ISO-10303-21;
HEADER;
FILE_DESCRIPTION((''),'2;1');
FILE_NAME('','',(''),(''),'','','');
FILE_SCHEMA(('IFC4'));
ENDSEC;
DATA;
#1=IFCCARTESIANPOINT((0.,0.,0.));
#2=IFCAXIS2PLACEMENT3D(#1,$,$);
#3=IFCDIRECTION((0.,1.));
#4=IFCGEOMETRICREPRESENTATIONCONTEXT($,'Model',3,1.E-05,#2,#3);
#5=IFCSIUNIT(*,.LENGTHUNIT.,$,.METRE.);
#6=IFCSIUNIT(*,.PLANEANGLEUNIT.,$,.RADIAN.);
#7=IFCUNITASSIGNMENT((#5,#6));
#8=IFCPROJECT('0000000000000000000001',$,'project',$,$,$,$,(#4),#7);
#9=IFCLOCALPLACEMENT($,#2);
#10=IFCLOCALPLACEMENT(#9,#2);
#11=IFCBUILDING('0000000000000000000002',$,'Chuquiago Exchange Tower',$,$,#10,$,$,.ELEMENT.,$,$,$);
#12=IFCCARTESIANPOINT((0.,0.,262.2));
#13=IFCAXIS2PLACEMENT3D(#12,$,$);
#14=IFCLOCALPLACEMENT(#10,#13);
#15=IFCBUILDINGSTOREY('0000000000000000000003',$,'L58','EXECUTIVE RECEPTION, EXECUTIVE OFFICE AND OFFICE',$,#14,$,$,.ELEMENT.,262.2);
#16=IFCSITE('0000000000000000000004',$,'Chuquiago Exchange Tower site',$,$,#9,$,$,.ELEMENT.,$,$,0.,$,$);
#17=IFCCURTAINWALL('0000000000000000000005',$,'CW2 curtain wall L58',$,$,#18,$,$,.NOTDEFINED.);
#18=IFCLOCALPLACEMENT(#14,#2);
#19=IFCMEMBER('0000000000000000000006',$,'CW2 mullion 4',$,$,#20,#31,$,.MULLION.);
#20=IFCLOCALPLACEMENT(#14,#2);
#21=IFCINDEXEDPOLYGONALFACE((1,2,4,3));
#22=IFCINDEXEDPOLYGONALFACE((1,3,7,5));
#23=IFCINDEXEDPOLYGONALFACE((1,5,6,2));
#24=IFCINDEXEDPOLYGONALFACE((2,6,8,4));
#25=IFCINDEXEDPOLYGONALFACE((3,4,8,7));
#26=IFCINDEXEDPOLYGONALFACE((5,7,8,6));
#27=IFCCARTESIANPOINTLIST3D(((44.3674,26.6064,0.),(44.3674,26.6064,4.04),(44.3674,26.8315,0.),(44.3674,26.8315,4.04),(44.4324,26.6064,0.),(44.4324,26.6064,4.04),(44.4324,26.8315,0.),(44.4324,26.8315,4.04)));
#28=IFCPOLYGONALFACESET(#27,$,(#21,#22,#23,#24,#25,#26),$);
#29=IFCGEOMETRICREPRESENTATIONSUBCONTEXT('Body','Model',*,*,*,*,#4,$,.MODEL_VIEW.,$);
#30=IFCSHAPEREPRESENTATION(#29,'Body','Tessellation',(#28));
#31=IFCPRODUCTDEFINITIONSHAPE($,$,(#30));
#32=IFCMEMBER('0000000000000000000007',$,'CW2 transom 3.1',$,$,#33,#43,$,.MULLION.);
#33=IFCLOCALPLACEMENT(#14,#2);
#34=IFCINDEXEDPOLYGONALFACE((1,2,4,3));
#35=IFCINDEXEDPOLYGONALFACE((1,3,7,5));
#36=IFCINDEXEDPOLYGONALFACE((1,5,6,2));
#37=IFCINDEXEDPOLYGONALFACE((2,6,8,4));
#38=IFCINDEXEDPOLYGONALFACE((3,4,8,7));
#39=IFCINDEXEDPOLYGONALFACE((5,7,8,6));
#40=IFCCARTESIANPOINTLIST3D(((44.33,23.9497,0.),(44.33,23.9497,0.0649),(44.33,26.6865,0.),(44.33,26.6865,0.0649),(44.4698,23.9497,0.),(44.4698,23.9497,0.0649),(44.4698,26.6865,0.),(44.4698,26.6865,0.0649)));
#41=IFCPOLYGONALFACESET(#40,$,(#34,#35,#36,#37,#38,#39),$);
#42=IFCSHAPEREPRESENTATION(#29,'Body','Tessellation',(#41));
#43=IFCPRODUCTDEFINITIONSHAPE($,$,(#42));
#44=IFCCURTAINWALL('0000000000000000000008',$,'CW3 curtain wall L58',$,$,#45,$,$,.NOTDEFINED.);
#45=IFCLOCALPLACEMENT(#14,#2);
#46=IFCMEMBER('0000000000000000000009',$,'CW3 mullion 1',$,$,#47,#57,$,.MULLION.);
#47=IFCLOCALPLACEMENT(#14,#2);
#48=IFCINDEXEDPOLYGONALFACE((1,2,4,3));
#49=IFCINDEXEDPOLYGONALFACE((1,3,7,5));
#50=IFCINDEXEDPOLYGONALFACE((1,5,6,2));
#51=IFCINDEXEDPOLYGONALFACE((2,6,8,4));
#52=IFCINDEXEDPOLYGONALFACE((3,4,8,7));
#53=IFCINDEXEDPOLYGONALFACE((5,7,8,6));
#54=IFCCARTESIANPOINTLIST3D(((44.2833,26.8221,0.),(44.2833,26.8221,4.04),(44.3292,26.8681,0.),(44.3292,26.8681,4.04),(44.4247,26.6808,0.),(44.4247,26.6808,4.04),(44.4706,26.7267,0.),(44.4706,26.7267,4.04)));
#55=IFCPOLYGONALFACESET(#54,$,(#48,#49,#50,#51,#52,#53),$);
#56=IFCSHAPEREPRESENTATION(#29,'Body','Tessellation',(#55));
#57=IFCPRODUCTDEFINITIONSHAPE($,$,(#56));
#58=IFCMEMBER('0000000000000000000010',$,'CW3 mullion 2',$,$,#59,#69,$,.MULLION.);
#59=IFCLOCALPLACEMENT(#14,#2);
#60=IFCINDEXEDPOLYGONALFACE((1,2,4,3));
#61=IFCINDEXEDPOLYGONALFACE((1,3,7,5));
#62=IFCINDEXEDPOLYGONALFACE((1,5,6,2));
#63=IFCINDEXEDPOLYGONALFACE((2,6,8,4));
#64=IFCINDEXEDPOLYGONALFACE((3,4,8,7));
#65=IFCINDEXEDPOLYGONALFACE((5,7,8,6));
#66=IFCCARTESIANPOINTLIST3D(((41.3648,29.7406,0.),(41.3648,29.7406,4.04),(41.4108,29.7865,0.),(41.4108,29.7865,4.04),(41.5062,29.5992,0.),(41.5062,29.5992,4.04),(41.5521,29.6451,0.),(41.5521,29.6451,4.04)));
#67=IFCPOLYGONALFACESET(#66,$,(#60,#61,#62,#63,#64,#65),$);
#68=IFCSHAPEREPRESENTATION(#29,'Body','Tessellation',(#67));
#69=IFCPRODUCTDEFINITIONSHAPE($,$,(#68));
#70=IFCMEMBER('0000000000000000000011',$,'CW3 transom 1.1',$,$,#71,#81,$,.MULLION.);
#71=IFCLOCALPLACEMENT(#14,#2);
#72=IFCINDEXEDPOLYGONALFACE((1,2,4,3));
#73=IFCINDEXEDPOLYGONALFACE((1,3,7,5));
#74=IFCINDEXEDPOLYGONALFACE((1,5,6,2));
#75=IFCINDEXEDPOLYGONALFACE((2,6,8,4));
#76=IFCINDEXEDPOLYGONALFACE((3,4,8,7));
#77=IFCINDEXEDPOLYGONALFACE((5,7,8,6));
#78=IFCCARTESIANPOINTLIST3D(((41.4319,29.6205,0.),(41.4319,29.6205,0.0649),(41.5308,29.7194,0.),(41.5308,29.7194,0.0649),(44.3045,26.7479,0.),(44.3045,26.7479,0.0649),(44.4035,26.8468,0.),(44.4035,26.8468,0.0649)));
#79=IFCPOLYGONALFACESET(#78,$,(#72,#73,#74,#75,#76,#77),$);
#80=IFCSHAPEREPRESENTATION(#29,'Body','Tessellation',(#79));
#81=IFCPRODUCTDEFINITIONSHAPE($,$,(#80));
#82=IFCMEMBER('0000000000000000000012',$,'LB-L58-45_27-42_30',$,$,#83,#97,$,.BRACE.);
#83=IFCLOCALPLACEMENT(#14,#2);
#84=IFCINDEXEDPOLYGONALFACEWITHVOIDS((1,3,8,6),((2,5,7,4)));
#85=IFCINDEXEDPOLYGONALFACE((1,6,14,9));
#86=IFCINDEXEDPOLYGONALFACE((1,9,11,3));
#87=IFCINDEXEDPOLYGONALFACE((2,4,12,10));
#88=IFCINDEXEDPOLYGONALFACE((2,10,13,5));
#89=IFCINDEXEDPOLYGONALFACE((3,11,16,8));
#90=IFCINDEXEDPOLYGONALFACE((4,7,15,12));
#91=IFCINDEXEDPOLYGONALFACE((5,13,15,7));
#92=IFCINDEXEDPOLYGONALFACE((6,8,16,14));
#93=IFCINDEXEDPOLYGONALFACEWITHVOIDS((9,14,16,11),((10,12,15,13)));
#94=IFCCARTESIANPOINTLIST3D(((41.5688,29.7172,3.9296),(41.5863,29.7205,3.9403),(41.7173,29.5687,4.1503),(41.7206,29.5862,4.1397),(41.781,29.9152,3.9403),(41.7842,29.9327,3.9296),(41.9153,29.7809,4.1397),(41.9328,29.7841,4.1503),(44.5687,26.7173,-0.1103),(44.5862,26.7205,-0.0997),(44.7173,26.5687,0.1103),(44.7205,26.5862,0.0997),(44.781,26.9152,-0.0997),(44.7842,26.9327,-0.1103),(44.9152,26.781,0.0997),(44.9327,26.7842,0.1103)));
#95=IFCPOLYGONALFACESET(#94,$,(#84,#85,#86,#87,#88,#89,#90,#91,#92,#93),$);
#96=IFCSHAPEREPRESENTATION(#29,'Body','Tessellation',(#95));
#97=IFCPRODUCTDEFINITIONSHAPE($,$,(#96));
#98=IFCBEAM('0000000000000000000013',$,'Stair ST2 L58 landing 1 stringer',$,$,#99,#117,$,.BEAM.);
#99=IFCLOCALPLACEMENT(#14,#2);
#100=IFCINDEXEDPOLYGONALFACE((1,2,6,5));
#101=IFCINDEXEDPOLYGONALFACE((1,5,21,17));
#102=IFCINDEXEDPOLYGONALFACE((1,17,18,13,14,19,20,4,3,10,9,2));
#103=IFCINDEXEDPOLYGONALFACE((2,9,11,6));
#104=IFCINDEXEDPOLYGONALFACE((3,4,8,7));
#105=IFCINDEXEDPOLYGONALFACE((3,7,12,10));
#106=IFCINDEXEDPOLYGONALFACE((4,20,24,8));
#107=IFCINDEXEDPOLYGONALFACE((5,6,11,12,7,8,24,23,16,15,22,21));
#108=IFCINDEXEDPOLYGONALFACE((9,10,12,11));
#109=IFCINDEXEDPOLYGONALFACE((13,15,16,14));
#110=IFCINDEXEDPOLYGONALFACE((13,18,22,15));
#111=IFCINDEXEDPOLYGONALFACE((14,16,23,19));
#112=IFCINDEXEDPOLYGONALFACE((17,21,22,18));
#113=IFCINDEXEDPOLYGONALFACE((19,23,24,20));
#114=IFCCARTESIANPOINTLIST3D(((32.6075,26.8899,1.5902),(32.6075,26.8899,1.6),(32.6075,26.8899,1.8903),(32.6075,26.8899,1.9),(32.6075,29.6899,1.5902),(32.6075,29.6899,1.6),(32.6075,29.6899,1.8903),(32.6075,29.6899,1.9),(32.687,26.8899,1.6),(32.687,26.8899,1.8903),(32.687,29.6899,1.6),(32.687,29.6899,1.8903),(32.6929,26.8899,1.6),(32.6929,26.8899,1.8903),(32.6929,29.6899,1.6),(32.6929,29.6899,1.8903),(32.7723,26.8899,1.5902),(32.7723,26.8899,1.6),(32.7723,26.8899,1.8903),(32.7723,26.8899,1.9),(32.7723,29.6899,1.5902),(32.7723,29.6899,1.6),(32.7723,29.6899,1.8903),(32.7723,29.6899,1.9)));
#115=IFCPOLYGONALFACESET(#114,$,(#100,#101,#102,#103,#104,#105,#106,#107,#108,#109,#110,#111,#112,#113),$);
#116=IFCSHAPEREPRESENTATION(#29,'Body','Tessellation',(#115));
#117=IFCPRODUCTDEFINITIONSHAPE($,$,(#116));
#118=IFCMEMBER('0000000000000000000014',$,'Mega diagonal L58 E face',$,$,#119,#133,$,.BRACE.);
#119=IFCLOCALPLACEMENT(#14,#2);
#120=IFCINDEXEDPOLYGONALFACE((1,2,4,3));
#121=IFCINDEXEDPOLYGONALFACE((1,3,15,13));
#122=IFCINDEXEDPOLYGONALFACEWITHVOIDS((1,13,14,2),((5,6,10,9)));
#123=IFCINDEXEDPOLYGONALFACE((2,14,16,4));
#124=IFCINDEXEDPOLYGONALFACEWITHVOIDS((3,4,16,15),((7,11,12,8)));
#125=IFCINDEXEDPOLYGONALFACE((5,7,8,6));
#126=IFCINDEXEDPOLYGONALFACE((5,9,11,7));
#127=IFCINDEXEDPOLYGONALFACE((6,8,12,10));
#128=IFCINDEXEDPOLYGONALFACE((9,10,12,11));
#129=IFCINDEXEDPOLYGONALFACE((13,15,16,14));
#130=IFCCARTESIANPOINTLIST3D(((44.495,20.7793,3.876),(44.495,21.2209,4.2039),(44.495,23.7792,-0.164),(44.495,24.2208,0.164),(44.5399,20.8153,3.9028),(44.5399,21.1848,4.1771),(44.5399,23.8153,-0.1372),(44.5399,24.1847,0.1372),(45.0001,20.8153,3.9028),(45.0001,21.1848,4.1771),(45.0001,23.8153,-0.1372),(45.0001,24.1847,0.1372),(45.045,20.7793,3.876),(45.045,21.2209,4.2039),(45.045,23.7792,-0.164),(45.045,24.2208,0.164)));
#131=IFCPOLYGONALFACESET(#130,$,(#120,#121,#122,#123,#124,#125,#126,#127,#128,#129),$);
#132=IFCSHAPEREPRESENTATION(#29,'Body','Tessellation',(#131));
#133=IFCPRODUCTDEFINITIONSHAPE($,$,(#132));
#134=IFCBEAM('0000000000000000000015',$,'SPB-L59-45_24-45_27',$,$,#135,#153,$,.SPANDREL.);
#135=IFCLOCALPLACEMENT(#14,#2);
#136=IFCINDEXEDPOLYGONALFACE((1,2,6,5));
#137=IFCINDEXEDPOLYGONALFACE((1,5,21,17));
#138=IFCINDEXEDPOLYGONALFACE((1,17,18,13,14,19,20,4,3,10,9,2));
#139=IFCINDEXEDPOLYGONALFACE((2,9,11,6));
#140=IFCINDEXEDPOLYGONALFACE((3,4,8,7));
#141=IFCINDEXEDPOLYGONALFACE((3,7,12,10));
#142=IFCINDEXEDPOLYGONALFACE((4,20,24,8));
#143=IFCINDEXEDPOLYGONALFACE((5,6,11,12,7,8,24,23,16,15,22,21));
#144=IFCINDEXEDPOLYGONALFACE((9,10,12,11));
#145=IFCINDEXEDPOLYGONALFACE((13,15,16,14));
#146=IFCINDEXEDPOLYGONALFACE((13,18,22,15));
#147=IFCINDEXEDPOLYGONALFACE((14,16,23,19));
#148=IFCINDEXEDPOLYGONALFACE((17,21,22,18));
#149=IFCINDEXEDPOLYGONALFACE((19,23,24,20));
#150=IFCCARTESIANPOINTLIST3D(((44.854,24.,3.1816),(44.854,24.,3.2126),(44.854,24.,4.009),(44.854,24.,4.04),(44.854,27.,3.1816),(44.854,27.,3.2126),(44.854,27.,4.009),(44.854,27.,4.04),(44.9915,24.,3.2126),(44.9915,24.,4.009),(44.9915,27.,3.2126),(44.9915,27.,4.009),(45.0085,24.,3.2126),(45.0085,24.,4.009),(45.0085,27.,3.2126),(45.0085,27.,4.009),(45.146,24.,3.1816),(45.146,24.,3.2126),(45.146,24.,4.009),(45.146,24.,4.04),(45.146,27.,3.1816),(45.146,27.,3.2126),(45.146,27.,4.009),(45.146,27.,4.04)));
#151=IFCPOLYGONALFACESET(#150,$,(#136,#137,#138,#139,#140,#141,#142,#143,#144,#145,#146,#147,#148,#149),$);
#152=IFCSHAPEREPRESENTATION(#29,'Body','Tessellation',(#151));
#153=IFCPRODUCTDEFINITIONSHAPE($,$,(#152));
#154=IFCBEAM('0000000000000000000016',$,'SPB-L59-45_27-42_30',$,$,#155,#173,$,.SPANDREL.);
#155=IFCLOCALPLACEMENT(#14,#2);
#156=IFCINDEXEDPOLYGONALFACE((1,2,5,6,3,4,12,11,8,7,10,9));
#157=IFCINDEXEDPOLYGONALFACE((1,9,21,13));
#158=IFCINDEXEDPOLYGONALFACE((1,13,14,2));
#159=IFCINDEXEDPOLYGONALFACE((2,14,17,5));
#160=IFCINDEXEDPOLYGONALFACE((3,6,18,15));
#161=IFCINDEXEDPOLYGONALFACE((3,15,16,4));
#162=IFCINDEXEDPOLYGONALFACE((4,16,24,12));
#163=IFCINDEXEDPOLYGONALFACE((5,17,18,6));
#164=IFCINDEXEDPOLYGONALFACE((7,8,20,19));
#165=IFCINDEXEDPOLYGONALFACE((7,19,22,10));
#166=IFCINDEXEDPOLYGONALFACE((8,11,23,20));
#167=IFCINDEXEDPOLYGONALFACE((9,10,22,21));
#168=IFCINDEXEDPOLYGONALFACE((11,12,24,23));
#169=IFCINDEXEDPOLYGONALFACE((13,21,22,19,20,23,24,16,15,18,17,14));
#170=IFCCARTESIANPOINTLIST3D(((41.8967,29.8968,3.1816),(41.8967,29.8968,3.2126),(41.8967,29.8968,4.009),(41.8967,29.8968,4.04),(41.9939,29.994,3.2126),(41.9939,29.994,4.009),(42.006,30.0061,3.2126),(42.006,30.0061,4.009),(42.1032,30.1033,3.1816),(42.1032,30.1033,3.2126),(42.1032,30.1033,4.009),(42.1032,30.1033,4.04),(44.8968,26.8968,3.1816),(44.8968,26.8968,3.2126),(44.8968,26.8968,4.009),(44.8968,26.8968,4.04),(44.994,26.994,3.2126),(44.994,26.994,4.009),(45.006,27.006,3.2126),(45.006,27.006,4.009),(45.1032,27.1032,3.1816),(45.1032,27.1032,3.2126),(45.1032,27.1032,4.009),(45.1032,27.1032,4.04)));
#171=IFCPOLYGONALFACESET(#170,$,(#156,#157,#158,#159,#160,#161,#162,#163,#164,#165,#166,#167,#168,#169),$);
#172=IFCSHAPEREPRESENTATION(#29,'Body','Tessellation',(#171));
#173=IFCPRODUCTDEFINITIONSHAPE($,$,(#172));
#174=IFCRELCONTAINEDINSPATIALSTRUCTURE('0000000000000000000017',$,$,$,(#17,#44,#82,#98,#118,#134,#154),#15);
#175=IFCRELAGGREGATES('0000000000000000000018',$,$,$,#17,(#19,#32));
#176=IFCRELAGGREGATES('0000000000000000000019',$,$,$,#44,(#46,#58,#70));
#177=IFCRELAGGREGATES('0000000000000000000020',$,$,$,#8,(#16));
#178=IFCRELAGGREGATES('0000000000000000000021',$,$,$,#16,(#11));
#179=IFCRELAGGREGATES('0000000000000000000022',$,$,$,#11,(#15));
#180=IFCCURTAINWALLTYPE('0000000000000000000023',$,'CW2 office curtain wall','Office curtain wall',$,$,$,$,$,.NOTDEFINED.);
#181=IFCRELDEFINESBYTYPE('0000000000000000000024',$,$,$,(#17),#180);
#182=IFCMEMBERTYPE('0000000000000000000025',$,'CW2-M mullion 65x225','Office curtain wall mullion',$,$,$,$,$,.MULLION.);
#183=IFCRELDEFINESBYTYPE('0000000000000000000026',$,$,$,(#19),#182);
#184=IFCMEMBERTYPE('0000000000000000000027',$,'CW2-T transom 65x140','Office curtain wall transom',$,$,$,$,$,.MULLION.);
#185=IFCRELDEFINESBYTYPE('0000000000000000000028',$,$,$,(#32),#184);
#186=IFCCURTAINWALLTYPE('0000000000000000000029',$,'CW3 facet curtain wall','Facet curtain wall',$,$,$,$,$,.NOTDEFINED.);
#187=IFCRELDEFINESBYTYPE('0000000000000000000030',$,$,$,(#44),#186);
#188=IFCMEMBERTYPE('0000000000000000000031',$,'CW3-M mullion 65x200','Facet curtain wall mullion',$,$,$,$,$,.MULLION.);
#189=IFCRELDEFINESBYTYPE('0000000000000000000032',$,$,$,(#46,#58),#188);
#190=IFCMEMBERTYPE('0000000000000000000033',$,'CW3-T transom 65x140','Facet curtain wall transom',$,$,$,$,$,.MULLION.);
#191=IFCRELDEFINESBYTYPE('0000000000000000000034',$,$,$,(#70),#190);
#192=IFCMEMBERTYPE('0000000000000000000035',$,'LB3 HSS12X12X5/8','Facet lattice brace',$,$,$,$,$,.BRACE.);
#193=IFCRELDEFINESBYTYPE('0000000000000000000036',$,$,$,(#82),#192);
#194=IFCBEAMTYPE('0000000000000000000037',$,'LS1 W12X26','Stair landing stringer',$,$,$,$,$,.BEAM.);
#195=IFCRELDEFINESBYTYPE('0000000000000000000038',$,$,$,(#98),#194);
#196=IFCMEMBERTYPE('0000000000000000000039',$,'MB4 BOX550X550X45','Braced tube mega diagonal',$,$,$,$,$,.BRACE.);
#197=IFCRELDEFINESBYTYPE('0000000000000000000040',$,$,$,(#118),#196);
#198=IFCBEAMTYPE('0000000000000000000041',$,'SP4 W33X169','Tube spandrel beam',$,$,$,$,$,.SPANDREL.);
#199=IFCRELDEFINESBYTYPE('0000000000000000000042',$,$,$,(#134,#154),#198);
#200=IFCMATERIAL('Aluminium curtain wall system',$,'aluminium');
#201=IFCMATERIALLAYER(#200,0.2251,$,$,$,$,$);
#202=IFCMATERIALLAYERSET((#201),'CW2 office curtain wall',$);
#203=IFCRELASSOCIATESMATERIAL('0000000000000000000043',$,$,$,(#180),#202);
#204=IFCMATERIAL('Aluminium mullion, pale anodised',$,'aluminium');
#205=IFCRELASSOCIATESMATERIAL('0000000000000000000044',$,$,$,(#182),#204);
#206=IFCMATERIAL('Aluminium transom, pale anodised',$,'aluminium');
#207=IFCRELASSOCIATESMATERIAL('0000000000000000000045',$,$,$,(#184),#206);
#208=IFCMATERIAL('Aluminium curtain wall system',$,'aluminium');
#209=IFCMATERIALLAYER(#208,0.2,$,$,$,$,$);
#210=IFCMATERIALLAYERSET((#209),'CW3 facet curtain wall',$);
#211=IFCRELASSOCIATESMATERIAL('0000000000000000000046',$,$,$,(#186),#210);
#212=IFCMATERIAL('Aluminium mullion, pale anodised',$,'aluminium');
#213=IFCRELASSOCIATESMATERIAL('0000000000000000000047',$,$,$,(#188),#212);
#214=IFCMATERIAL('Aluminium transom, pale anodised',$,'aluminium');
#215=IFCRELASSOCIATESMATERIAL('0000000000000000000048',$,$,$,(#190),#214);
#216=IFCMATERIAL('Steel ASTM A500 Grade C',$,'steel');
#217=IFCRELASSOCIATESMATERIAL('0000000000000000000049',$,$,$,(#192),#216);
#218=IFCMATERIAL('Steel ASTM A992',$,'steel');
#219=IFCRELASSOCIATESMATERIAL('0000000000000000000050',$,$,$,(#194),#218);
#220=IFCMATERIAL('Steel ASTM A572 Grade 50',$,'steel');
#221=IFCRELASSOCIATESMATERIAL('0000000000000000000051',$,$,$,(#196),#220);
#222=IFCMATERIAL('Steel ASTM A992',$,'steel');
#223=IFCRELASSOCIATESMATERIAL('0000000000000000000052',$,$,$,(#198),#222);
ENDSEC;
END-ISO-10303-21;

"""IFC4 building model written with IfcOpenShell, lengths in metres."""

from ifc_helpers import new_model, si_unit, direction, frame, origin, origin_2d, place, context, subcontext, project, spatial, rectangle, hollow_rectangle, i_section, extrude, material, layer, layer_set, material_profile, profile_set, type_object, element, aggregate, save


model = new_model("IFC4")

# Units and contexts
model_context = context("Model", 3, precision=1e-05, world=origin(), true_north=direction((0.0, 1.0)))
body_context = subcontext(model_context, "Body", "Model", "MODEL_VIEW")
ifc_project = project(units=[si_unit("LENGTHUNIT", "METRE"), si_unit("PLANEANGLEUNIT", "RADIAN")], contexts=[model_context])

# Site, building, storey
site_placement = place(None, origin())
site = spatial("IfcSite", under=ifc_project, at=site_placement, Name="Chuquiago Exchange Tower site", CompositionType="ELEMENT", RefElevation=0.0)
building_placement = place(site_placement, origin())
building = spatial("IfcBuilding", under=site, at=building_placement, Name="Chuquiago Exchange Tower", CompositionType="ELEMENT")
storey_placement = place(building_placement, frame((0.0, 0.0, 262.2)))
storey = spatial("IfcBuildingStorey", under=building, at=storey_placement, Name="L58", Description="EXECUTIVE RECEPTION, EXECUTIVE OFFICE AND OFFICE", CompositionType="ELEMENT", Elevation=262.2)

# Curtain walls, members
ifc_material_1 = material(Name="Aluminium curtain wall system", Category="aluminium")
ifc_layer_1 = layer(ifc_material_1, 0.2251)
ifc_layer_set_1 = layer_set([ifc_layer_1], Name="CW2 office curtain wall")
curtain_wall_type_1 = type_object("IfcCurtainWallType", Name="CW2 office curtain wall", Description="Office curtain wall", PredefinedType="NOTDEFINED", material=ifc_layer_set_1)
curtain_wall_1_placement = place(storey_placement, origin())
curtain_wall_1 = element("IfcCurtainWall", 1, at=curtain_wall_1_placement, inside=storey, type_object=curtain_wall_type_1, Name="CW2 curtain wall L58", PredefinedType="NOTDEFINED")
ifc_material_2 = material(Name="Aluminium mullion, pale anodised", Category="aluminium")
ifc_material_profile_1 = material_profile(ifc_material_2, rectangle(XDim=0.0649, YDim=0.2251, at=origin_2d()), Name="AL 65x225")
ifc_profile_set_1 = profile_set([ifc_material_profile_1], Name="Aluminium mullion, pale anodised")
member_type_1 = type_object("IfcMemberType", Name="CW2-M mullion 65x225", Description="Office curtain wall mullion", PredefinedType="MULLION", material=ifc_profile_set_1)
member_1_placement = place(storey_placement, frame((44.3999, 26.719, 0.0), z_axis=(0.0, 0.0, 1.0), x_axis=(-1.0, 0.0, 0.0)))
member_1 = element("IfcMember", 2, at=member_1_placement, type_object=member_type_1, Name="CW2 mullion 4", PredefinedType="MULLION", context=body_context, shape_type="SweptSolid", body=[
    extrude(rectangle(XDim=0.0649, YDim=0.2251, at=origin_2d()), origin(), (0.0, 0.0, 1.0), 4.04),
])
ifc_material_3 = material(Name="Aluminium transom, pale anodised", Category="aluminium")
ifc_material_profile_2 = material_profile(ifc_material_3, rectangle(XDim=0.1399, YDim=0.0649, at=origin_2d()), Name="AL 140x65")
ifc_profile_set_2 = profile_set([ifc_material_profile_2], Name="Aluminium transom, pale anodised")
member_type_2 = type_object("IfcMemberType", Name="CW2-T transom 65x140", Description="Office curtain wall transom", PredefinedType="MULLION", material=ifc_profile_set_2)
member_2_placement = place(storey_placement, frame((44.3999, 23.9497, 0.0325), z_axis=(0.0, 1.0, 0.0), x_axis=(-1.0, 0.0, 0.0)))
member_2 = element("IfcMember", 3, at=member_2_placement, type_object=member_type_2, Name="CW2 transom 3.1", PredefinedType="MULLION", context=body_context, shape_type="SweptSolid", body=[
    extrude(rectangle(XDim=0.1399, YDim=0.0649, at=origin_2d()), origin(), (0.0, 0.0, 1.0), 2.7368),
])
ifc_material_4 = material(Name="Aluminium curtain wall system", Category="aluminium")
ifc_layer_2 = layer(ifc_material_4, 0.2)
ifc_layer_set_2 = layer_set([ifc_layer_2], Name="CW3 facet curtain wall")
curtain_wall_type_2 = type_object("IfcCurtainWallType", Name="CW3 facet curtain wall", Description="Facet curtain wall", PredefinedType="NOTDEFINED", material=ifc_layer_set_2)
curtain_wall_2_placement = place(storey_placement, origin())
curtain_wall_2 = element("IfcCurtainWall", 4, at=curtain_wall_2_placement, inside=storey, type_object=curtain_wall_type_2, Name="CW3 curtain wall L58", PredefinedType="NOTDEFINED")
ifc_material_5 = material(Name="Aluminium mullion, pale anodised", Category="aluminium")
ifc_material_profile_3 = material_profile(ifc_material_5, rectangle(XDim=0.0649, YDim=0.2, at=origin_2d()), Name="AL 65x200")
ifc_profile_set_3 = profile_set([ifc_material_profile_3], Name="Aluminium mullion, pale anodised")
member_type_3 = type_object("IfcMemberType", Name="CW3-M mullion 65x200", Description="Facet curtain wall mullion", PredefinedType="MULLION", material=ifc_profile_set_3)
member_3_placement = place(storey_placement, frame((44.377, 26.7744, 0.0), z_axis=(0.0, 0.0, 1.0), x_axis=(-0.707107, -0.707107, 0.0)))
member_3 = element("IfcMember", 5, at=member_3_placement, type_object=member_type_3, Name="CW3 mullion 1", PredefinedType="MULLION", context=body_context, shape_type="SweptSolid", body=[
    extrude(rectangle(XDim=0.0649, YDim=0.2, at=origin_2d()), origin(), (0.0, 0.0, 1.0), 4.04),
])
member_4_placement = place(storey_placement, frame((41.4585, 29.6929, 0.0), z_axis=(0.0, 0.0, 1.0), x_axis=(-0.707107, -0.707107, 0.0)))
member_4 = element("IfcMember", 6, at=member_4_placement, type_object=member_type_3, Name="CW3 mullion 2", PredefinedType="MULLION", context=body_context, shape_type="SweptSolid", body=[
    extrude(rectangle(XDim=0.0649, YDim=0.2, at=origin_2d()), origin(), (0.0, 0.0, 1.0), 4.04),
])
ifc_material_6 = material(Name="Aluminium transom, pale anodised", Category="aluminium")
ifc_material_profile_4 = material_profile(ifc_material_6, rectangle(XDim=0.1399, YDim=0.0649, at=origin_2d()), Name="AL 140x65")
ifc_profile_set_4 = profile_set([ifc_material_profile_4], Name="Aluminium transom, pale anodised")
member_type_4 = type_object("IfcMemberType", Name="CW3-T transom 65x140", Description="Facet curtain wall transom", PredefinedType="MULLION", material=ifc_profile_set_4)
member_5_placement = place(storey_placement, frame((44.354, 26.7974, 0.0325), z_axis=(-0.707107, 0.707107, 0.0), x_axis=(-0.707107, -0.707107, 0.0)))
member_5 = element("IfcMember", 7, at=member_5_placement, type_object=member_type_4, Name="CW3 transom 1.1", PredefinedType="MULLION", context=body_context, shape_type="SweptSolid", body=[
    extrude(rectangle(XDim=0.1399, YDim=0.0649, at=origin_2d()), origin(), (0.0, 0.0, 1.0), 4.0625),
])

# Member
ifc_material_7 = material(Name="Steel ASTM A500 Grade C", Category="steel")
ifc_material_profile_5 = material_profile(ifc_material_7, hollow_rectangle(XDim=0.3047, YDim=0.3047, WallThickness=0.0146, at=origin_2d()), Name="HSS12X12X5/8")
ifc_profile_set_5 = profile_set([ifc_material_profile_5], Name="Steel ASTM A500 Grade C")
member_type_5 = type_object("IfcMemberType", Name="LB3 HSS12X12X5/8", Description="Facet lattice brace", PredefinedType="BRACE", material=ifc_profile_set_5)
member_6_placement = place(storey_placement, frame((44.7507, 26.7507, 0.0), z_axis=(-0.512077, 0.512077, 0.689604), x_axis=(-0.707107, -0.707107, 0.0)))
element("IfcMember", 8, at=member_6_placement, inside=storey, type_object=member_type_5, Name="LB-L58-45_27-42_30", PredefinedType="BRACE", context=body_context, shape_type="SweptSolid", body=[
    extrude(hollow_rectangle(XDim=0.3047, YDim=0.3047, WallThickness=0.0146, at=origin_2d()), origin(), (0.0, 0.0, 1.0), 5.8584),
])

# Beam
ifc_material_8 = material(Name="Steel ASTM A992", Category="steel")
ifc_material_profile_6 = material_profile(ifc_material_8, i_section(OverallWidth=0.1648, OverallDepth=0.3098, WebThickness=0.0059, FlangeThickness=0.0098, at=origin_2d()), Name="W12X26")
ifc_profile_set_6 = profile_set([ifc_material_profile_6], Name="Steel ASTM A992")
beam_type_1 = type_object("IfcBeamType", Name="LS1 W12X26", Description="Stair landing stringer", PredefinedType="BEAM", material=ifc_profile_set_6)
beam_1_placement = place(storey_placement, frame((32.6899, 26.8899, 1.7451), z_axis=(0.0, 1.0, 0.0), x_axis=(-1.0, 0.0, 0.0)))
element("IfcBeam", 9, at=beam_1_placement, inside=storey, type_object=beam_type_1, Name="Stair ST2 L58 landing 1 stringer", PredefinedType="BEAM", context=body_context, shape_type="SweptSolid", body=[
    extrude(i_section(OverallWidth=0.1648, OverallDepth=0.3098, WebThickness=0.0059, FlangeThickness=0.0098, at=origin_2d()), origin(), (0.0, 0.0, 1.0), 2.8),
])

# Member
ifc_material_9 = material(Name="Steel ASTM A572 Grade 50", Category="steel")
ifc_material_profile_7 = material_profile(ifc_material_9, hollow_rectangle(XDim=0.55, YDim=0.55, WallThickness=0.0449, at=origin_2d()), Name="BOX550X550X45")
ifc_profile_set_7 = profile_set([ifc_material_profile_7], Name="Steel ASTM A572 Grade 50")
member_type_6 = type_object("IfcMemberType", Name="MB4 BOX550X550X45", Description="Braced tube mega diagonal", PredefinedType="BRACE", material=ifc_profile_set_7)
member_7_placement = place(storey_placement, frame((44.77, 24.0, 0.0), z_axis=(0.0, -0.596174, 0.802855), x_axis=(1.0, 0.0, 0.0)))
element("IfcMember", 10, at=member_7_placement, inside=storey, type_object=member_type_6, Name="Mega diagonal L58 E face", PredefinedType="BRACE", context=body_context, shape_type="SweptSolid", body=[
    extrude(hollow_rectangle(XDim=0.55, YDim=0.55, WallThickness=0.0449, at=origin_2d()), origin(), (0.0, 0.0, 1.0), 5.032),
])

# Beams
ifc_material_10 = material(Name="Steel ASTM A992", Category="steel")
ifc_material_profile_8 = material_profile(ifc_material_10, i_section(OverallWidth=0.292, OverallDepth=0.8584, WebThickness=0.0171, FlangeThickness=0.031, at=origin_2d()), Name="W33X169")
ifc_profile_set_8 = profile_set([ifc_material_profile_8], Name="Steel ASTM A992")
beam_type_2 = type_object("IfcBeamType", Name="SP4 W33X169", Description="Tube spandrel beam", PredefinedType="SPANDREL", material=ifc_profile_set_8)
beam_2_placement = place(storey_placement, frame((45.0, 24.0, 3.6108), z_axis=(0.0, 1.0, 0.0), x_axis=(-1.0, 0.0, 0.0)))
element("IfcBeam", 11, at=beam_2_placement, inside=storey, type_object=beam_type_2, Name="SPB-L59-45_24-45_27", PredefinedType="SPANDREL", context=body_context, shape_type="SweptSolid", body=[
    extrude(i_section(OverallWidth=0.292, OverallDepth=0.8584, WebThickness=0.0171, FlangeThickness=0.031, at=origin_2d()), origin(), (0.0, 0.0, 1.0), 3.0),
])
beam_3_placement = place(storey_placement, frame((45.0, 27.0, 3.6108), z_axis=(-0.707107, 0.707107, 0.0), x_axis=(-0.707107, -0.707107, 0.0)))
element("IfcBeam", 12, at=beam_3_placement, inside=storey, type_object=beam_type_2, Name="SPB-L59-45_27-42_30", PredefinedType="SPANDREL", context=body_context, shape_type="SweptSolid", body=[
    extrude(i_section(OverallWidth=0.292, OverallDepth=0.8584, WebThickness=0.0171, FlangeThickness=0.031, at=origin_2d()), origin(), (0.0, 0.0, 1.0), 4.2427),
])

aggregate(curtain_wall_1, [member_1, member_2])
aggregate(curtain_wall_2, [member_3, member_4, member_5])

save(model, "model.ifc")
